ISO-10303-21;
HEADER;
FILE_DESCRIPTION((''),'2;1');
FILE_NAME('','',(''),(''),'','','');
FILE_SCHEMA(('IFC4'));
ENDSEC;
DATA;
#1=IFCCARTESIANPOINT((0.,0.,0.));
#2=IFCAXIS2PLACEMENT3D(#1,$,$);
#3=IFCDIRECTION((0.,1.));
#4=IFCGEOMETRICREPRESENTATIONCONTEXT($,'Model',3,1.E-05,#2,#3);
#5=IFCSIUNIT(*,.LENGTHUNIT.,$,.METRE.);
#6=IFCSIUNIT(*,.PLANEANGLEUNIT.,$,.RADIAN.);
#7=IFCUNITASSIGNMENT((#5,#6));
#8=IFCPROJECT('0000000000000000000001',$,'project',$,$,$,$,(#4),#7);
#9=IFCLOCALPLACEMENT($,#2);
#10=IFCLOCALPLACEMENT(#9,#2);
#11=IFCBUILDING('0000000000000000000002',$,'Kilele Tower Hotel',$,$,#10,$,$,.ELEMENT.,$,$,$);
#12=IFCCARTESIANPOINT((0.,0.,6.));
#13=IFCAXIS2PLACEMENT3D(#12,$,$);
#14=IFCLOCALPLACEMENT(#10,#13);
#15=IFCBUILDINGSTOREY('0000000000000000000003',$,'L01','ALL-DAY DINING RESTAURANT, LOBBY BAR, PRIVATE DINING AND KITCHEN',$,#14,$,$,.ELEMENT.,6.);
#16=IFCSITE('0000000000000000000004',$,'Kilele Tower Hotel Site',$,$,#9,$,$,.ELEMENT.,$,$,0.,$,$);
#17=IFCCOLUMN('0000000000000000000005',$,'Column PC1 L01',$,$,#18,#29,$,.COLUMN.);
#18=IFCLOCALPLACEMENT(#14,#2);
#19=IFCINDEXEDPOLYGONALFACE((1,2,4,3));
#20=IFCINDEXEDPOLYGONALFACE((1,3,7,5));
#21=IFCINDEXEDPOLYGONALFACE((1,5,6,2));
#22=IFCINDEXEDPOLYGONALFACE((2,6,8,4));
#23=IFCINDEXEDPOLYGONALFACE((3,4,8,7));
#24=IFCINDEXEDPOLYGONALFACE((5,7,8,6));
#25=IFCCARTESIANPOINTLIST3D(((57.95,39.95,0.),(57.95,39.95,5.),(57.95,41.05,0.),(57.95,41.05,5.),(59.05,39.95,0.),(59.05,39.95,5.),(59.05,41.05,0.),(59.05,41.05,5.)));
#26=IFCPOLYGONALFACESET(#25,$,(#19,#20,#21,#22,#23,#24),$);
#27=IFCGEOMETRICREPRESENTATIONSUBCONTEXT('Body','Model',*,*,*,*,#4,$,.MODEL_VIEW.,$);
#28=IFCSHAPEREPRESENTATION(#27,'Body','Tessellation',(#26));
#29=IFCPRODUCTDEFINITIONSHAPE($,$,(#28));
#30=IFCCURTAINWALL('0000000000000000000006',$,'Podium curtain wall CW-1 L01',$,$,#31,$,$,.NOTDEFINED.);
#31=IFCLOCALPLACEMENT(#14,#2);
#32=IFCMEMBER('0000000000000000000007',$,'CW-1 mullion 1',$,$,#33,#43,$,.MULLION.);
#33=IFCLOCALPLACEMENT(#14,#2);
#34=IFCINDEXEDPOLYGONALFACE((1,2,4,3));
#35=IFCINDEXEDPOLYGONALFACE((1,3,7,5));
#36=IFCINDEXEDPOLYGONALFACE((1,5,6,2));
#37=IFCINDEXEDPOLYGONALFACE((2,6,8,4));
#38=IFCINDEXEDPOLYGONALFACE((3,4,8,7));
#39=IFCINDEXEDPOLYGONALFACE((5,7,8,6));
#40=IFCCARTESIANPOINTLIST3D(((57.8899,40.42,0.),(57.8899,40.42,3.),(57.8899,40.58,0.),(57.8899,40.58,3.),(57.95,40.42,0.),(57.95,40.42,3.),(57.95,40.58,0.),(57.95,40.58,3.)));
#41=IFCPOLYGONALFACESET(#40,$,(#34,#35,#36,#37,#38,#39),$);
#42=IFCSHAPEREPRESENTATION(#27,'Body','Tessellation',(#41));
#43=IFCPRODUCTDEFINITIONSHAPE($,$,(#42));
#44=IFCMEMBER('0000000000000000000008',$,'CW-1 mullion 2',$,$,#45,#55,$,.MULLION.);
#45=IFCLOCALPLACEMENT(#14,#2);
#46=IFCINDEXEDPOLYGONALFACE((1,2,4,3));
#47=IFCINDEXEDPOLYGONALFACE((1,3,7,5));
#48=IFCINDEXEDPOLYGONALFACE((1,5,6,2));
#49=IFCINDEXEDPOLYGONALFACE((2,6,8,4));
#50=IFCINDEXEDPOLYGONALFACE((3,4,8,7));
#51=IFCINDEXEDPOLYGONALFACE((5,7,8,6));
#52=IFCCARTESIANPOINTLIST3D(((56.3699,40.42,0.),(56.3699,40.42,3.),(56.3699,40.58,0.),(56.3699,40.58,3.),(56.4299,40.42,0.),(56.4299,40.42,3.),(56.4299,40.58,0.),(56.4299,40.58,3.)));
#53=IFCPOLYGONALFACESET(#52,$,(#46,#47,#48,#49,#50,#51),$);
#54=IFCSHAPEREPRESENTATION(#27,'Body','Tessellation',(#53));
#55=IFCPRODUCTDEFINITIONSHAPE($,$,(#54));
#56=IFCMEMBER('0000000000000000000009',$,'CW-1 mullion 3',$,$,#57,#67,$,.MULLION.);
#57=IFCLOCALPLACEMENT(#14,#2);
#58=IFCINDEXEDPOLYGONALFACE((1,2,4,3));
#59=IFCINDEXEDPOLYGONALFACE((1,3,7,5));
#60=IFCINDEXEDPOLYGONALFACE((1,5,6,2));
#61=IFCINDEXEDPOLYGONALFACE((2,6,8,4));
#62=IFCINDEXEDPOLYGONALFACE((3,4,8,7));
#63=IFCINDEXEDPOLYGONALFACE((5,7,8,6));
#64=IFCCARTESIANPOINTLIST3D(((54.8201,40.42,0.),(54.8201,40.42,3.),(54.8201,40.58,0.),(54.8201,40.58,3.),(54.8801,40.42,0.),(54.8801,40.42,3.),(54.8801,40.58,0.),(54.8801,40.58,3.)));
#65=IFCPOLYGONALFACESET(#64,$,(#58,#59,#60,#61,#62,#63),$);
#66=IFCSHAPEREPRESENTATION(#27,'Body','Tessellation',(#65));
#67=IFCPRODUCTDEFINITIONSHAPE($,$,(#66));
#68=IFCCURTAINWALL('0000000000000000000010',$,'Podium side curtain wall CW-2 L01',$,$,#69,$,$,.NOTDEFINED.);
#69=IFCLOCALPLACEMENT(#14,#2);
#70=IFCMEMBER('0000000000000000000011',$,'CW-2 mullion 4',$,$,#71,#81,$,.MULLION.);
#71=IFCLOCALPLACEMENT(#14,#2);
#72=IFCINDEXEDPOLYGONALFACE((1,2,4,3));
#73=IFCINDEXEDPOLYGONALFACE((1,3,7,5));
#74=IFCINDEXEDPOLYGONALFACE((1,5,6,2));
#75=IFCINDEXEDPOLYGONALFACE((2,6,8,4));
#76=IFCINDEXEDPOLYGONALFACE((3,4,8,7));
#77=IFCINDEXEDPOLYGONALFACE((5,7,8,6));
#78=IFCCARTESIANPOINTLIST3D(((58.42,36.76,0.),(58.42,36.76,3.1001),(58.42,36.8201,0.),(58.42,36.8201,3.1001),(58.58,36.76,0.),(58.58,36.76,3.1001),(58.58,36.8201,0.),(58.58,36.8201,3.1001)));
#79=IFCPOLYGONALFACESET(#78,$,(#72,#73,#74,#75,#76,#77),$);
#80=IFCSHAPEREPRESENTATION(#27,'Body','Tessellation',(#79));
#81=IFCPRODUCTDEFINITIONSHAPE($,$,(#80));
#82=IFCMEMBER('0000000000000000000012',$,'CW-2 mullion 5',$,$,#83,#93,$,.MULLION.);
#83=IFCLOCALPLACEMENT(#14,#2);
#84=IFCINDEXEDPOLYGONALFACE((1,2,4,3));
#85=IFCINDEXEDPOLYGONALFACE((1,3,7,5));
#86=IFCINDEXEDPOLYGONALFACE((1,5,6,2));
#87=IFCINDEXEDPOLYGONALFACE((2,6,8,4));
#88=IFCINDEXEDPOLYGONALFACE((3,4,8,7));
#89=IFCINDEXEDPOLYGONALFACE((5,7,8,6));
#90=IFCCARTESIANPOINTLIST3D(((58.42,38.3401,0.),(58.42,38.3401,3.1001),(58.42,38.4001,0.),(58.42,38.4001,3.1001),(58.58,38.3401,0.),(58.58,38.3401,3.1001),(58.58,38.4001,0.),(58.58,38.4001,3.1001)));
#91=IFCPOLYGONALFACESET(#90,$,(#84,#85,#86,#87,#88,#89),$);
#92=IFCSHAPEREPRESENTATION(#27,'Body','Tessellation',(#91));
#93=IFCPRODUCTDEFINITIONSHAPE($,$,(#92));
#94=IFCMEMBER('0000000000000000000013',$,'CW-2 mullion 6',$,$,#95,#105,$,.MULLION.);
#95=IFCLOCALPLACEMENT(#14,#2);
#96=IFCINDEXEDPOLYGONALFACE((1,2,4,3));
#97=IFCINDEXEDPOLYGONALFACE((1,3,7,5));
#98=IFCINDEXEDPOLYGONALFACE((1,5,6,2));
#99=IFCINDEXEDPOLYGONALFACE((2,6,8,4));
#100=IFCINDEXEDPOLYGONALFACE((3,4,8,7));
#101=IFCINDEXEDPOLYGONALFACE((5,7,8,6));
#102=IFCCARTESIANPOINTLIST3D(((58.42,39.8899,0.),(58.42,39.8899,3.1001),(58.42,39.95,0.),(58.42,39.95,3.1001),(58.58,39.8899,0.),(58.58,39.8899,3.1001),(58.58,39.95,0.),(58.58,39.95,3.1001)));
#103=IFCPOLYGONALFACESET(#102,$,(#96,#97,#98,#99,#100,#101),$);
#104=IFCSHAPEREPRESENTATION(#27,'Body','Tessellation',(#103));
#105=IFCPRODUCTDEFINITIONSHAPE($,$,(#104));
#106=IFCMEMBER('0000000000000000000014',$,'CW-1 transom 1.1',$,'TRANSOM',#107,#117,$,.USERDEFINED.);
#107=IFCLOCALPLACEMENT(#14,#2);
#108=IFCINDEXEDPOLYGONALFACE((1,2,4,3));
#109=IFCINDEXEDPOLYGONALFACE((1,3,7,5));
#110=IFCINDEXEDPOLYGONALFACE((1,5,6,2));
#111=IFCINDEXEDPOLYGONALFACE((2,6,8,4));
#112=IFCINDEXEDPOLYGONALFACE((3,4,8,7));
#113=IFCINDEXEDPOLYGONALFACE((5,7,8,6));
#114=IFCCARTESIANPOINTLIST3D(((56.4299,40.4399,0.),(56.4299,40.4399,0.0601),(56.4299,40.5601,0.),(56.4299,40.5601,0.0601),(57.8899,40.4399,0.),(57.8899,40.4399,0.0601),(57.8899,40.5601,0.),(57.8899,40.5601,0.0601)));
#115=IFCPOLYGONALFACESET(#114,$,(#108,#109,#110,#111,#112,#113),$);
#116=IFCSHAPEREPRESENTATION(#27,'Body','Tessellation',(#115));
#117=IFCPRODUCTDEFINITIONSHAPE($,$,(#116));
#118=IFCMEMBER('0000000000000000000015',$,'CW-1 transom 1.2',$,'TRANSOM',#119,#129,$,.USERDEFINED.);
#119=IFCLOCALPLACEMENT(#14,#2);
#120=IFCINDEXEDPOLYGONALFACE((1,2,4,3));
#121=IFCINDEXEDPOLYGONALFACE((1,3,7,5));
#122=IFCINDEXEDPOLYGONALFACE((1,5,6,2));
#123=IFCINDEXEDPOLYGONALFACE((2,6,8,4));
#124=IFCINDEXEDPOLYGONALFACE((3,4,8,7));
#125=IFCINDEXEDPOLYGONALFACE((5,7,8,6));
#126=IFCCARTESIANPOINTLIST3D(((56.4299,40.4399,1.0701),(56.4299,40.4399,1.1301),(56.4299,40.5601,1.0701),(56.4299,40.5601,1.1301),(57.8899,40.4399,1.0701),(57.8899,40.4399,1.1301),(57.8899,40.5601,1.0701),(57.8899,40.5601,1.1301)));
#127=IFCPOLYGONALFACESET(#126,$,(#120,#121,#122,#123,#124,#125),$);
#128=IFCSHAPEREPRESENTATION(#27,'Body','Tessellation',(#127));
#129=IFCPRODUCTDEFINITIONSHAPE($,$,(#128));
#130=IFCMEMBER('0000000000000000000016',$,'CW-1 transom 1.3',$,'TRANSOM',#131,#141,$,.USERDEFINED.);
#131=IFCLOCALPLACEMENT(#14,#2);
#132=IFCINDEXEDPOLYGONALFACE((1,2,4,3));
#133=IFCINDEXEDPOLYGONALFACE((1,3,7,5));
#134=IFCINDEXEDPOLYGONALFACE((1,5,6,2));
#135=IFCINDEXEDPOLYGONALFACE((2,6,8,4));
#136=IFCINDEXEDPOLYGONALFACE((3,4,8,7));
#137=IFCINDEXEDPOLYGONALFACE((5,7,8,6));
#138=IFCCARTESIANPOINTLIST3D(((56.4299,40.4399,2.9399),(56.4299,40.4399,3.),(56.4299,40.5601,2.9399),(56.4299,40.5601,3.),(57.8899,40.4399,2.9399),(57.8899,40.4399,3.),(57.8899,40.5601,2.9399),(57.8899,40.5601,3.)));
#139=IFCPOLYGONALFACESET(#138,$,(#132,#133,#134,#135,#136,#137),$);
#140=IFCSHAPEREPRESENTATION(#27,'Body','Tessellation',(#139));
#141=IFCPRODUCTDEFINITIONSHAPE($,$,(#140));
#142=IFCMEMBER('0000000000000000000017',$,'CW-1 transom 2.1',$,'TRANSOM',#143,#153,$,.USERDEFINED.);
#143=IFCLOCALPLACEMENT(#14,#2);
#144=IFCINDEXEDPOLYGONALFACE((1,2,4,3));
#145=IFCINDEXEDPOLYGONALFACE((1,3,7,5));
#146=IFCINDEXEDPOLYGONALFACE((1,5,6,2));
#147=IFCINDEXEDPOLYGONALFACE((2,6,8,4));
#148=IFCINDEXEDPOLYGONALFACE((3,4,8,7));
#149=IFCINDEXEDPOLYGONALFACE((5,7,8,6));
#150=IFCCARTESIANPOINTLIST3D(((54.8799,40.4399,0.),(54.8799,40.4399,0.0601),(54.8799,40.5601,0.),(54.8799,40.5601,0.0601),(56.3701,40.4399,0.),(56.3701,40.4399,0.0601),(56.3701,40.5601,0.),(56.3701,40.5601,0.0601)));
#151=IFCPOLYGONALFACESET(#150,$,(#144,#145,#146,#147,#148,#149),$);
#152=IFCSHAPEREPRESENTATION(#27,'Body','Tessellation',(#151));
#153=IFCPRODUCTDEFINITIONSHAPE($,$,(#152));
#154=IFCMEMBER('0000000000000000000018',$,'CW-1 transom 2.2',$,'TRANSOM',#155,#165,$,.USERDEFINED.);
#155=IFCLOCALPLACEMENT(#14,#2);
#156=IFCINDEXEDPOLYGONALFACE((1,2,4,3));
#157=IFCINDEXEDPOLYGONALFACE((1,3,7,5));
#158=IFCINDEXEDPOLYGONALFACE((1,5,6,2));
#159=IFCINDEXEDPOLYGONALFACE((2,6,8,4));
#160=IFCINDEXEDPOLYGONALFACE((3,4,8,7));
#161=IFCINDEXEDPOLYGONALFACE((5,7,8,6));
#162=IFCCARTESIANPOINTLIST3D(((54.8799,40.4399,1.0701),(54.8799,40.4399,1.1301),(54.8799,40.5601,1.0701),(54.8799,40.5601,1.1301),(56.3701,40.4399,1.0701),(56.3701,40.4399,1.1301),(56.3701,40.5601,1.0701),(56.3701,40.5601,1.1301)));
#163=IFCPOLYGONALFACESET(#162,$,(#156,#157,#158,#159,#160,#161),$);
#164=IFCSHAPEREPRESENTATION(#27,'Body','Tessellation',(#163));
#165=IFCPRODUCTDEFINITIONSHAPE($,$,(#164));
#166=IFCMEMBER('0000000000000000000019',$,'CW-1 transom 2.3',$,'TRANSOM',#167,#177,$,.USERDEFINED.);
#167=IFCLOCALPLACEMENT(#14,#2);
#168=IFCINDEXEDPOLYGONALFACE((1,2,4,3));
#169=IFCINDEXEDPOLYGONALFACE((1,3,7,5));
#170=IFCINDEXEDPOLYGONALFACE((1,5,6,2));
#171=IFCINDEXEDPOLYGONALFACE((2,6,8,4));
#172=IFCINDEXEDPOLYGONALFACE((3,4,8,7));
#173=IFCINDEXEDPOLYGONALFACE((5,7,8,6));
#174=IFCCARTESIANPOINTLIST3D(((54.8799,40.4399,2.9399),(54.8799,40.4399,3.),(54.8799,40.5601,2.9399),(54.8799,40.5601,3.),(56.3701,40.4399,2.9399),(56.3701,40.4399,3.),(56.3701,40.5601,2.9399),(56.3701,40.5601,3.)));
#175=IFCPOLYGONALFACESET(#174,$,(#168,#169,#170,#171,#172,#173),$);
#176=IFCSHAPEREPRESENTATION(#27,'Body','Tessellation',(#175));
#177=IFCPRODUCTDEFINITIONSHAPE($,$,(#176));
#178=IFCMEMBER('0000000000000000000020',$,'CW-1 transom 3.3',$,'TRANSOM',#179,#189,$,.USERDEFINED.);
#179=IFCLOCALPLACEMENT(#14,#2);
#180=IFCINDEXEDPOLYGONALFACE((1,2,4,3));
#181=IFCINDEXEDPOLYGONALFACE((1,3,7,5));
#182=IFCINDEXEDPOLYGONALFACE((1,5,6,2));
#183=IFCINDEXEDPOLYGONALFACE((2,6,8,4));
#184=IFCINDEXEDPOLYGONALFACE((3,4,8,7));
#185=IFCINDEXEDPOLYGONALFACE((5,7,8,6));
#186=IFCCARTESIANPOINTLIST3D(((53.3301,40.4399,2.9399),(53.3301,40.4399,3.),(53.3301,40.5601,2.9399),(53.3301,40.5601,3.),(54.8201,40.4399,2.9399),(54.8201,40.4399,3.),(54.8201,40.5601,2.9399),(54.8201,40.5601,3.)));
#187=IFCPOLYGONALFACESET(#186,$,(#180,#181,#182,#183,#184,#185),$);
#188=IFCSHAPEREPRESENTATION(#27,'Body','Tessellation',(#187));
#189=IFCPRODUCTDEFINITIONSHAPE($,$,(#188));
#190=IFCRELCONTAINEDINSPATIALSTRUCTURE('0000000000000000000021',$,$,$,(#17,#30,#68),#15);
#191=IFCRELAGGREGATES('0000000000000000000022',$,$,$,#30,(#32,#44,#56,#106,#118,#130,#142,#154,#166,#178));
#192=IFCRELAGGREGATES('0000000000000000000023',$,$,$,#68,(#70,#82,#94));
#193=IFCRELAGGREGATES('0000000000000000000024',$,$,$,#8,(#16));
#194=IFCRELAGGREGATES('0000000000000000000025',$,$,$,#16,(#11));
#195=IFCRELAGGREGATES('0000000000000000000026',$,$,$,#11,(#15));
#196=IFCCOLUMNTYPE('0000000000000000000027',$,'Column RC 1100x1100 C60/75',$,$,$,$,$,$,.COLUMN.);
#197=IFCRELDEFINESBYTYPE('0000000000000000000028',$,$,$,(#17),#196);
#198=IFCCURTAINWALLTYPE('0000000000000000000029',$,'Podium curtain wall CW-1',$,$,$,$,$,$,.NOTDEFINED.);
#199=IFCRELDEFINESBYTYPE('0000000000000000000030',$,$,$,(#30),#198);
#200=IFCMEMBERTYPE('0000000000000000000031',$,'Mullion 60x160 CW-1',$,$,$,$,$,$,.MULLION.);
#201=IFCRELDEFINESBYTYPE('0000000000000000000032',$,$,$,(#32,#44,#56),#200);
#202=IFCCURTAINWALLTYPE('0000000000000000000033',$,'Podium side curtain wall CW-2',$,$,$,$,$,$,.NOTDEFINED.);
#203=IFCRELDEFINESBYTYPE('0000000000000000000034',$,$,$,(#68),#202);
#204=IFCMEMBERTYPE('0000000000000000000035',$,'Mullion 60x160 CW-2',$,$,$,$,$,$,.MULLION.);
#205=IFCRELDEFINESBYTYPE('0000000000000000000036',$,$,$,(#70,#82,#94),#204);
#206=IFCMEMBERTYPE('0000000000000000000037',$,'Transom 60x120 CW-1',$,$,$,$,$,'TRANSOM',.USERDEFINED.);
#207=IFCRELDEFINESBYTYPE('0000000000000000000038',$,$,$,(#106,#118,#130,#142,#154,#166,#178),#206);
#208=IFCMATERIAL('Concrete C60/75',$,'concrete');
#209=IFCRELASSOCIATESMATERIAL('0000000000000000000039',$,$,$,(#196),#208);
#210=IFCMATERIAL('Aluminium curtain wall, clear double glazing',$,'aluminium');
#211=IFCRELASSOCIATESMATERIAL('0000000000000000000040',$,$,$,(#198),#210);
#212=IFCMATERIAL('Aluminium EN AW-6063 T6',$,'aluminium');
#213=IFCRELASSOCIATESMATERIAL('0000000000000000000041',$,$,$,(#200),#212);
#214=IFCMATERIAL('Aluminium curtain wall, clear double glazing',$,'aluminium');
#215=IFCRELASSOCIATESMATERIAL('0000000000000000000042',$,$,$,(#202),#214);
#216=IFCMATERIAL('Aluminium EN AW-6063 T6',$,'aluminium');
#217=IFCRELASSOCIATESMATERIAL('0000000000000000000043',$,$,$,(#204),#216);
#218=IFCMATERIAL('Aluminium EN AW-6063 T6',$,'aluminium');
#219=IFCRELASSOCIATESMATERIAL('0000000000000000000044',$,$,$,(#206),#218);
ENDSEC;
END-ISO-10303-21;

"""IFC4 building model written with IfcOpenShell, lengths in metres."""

from ifc_helpers import new_model, si_unit, direction, frame, origin, origin_2d, place, context, subcontext, project, spatial, rectangle, extrude, material, material_profile, profile_set, type_object, element, aggregate, save


model = new_model("IFC4")

# Units and contexts
model_context = context("Model", 3, precision=1e-05, world=origin(), true_north=direction((0.0, 1.0)))
body_context = subcontext(model_context, "Body", "Model", "MODEL_VIEW")
ifc_project = project(units=[si_unit("LENGTHUNIT", "METRE"), si_unit("PLANEANGLEUNIT", "RADIAN")], contexts=[model_context])

# Site, building, storey
site_placement = place(None, origin())
site = spatial("IfcSite", under=ifc_project, at=site_placement, Name="Kilele Tower Hotel Site", CompositionType="ELEMENT", RefElevation=0.0)
building_placement = place(site_placement, origin())
building = spatial("IfcBuilding", under=site, at=building_placement, Name="Kilele Tower Hotel", CompositionType="ELEMENT")
storey_placement = place(building_placement, frame((0.0, 0.0, 6.0)))
storey = spatial("IfcBuildingStorey", under=building, at=storey_placement, Name="L01", Description="ALL-DAY DINING RESTAURANT, LOBBY BAR, PRIVATE DINING AND KITCHEN", CompositionType="ELEMENT", Elevation=6.0)

# Column
ifc_material_1 = material(Name="Concrete C60/75", Category="concrete")
ifc_material_profile_1 = material_profile(ifc_material_1, rectangle(XDim=1.1001, YDim=1.1001, at=origin_2d()))
ifc_profile_set_1 = profile_set([ifc_material_profile_1], Name="Concrete C60/75")
column_type = type_object("IfcColumnType", Name="Column RC 1100x1100 C60/75", PredefinedType="COLUMN", material=ifc_profile_set_1)
column_placement = place(storey_placement, frame((58.5, 40.5, 0.0), z_axis=(0.0, 0.0, 1.0), x_axis=(1.0, 0.0, 0.0)))
element("IfcColumn", 1, at=column_placement, inside=storey, type_object=column_type, Name="Column PC1 L01", PredefinedType="COLUMN", context=body_context, shape_type="SweptSolid", body=[
    extrude(rectangle(XDim=1.1001, YDim=1.1001, at=origin_2d()), origin(), (0.0, 0.0, 1.0), 5.0),
])

# Curtain walls, members
ifc_material_2 = material(Name="Aluminium curtain wall, clear double glazing", Category="aluminium")
curtain_wall_type_1 = type_object("IfcCurtainWallType", Name="Podium curtain wall CW-1", PredefinedType="NOTDEFINED", material=ifc_material_2)
curtain_wall_1_placement = place(storey_placement, origin())
curtain_wall_1 = element("IfcCurtainWall", 2, at=curtain_wall_1_placement, inside=storey, type_object=curtain_wall_type_1, Name="Podium curtain wall CW-1 L01", PredefinedType="NOTDEFINED")
ifc_material_3 = material(Name="Aluminium EN AW-6063 T6", Category="aluminium")
ifc_material_profile_2 = material_profile(ifc_material_3, rectangle(XDim=0.1599, YDim=0.0601, at=origin_2d()))
ifc_profile_set_2 = profile_set([ifc_material_profile_2], Name="Aluminium EN AW-6063 T6")
member_type_1 = type_object("IfcMemberType", Name="Mullion 60x160 CW-1", PredefinedType="MULLION", material=ifc_profile_set_2)
member_1_placement = place(storey_placement, frame((57.9199, 40.5, 0.0), z_axis=(0.0, 0.0, 1.0), x_axis=(0.0, -1.0, 0.0)))
member_1 = element("IfcMember", 3, at=member_1_placement, type_object=member_type_1, Name="CW-1 mullion 1", PredefinedType="MULLION", context=body_context, shape_type="SweptSolid", body=[
    extrude(rectangle(XDim=0.1599, YDim=0.0601, at=origin_2d()), origin(), (0.0, 0.0, 1.0), 3.0),
])
member_2_placement = place(storey_placement, frame((56.3999, 40.5, 0.0), z_axis=(0.0, 0.0, 1.0), x_axis=(0.0, -1.0, 0.0)))
member_2 = element("IfcMember", 4, at=member_2_placement, type_object=member_type_1, Name="CW-1 mullion 2", PredefinedType="MULLION", context=body_context, shape_type="SweptSolid", body=[
    extrude(rectangle(XDim=0.1599, YDim=0.0601, at=origin_2d()), origin(), (0.0, 0.0, 1.0), 3.0),
])
member_3_placement = place(storey_placement, frame((54.8501, 40.5, 0.0), z_axis=(0.0, 0.0, 1.0), x_axis=(0.0, -1.0, 0.0)))
member_3 = element("IfcMember", 5, at=member_3_placement, type_object=member_type_1, Name="CW-1 mullion 3", PredefinedType="MULLION", context=body_context, shape_type="SweptSolid", body=[
    extrude(rectangle(XDim=0.1599, YDim=0.0601, at=origin_2d()), origin(), (0.0, 0.0, 1.0), 3.0),
])
ifc_material_4 = material(Name="Aluminium curtain wall, clear double glazing", Category="aluminium")
curtain_wall_type_2 = type_object("IfcCurtainWallType", Name="Podium side curtain wall CW-2", PredefinedType="NOTDEFINED", material=ifc_material_4)
curtain_wall_2_placement = place(storey_placement, origin())
curtain_wall_2 = element("IfcCurtainWall", 6, at=curtain_wall_2_placement, inside=storey, type_object=curtain_wall_type_2, Name="Podium side curtain wall CW-2 L01", PredefinedType="NOTDEFINED")
ifc_material_5 = material(Name="Aluminium EN AW-6063 T6", Category="aluminium")
ifc_material_profile_3 = material_profile(ifc_material_5, rectangle(XDim=0.1599, YDim=0.0601, at=origin_2d()))
ifc_profile_set_3 = profile_set([ifc_material_profile_3], Name="Aluminium EN AW-6063 T6")
member_type_2 = type_object("IfcMemberType", Name="Mullion 60x160 CW-2", PredefinedType="MULLION", material=ifc_profile_set_3)
member_4_placement = place(storey_placement, frame((58.5, 36.79, 0.0), z_axis=(0.0, 0.0, 1.0), x_axis=(-1.0, 0.0, 0.0)))
member_4 = element("IfcMember", 7, at=member_4_placement, type_object=member_type_2, Name="CW-2 mullion 4", PredefinedType="MULLION", context=body_context, shape_type="SweptSolid", body=[
    extrude(rectangle(XDim=0.1599, YDim=0.0601, at=origin_2d()), origin(), (0.0, 0.0, 1.0), 3.1001),
])
member_5_placement = place(storey_placement, frame((58.5, 38.3701, 0.0), z_axis=(0.0, 0.0, 1.0), x_axis=(-1.0, 0.0, 0.0)))
member_5 = element("IfcMember", 8, at=member_5_placement, type_object=member_type_2, Name="CW-2 mullion 5", PredefinedType="MULLION", context=body_context, shape_type="SweptSolid", body=[
    extrude(rectangle(XDim=0.1599, YDim=0.0601, at=origin_2d()), origin(), (0.0, 0.0, 1.0), 3.1001),
])
member_6_placement = place(storey_placement, frame((58.5, 39.9199, 0.0), z_axis=(0.0, 0.0, 1.0), x_axis=(-1.0, 0.0, 0.0)))
member_6 = element("IfcMember", 9, at=member_6_placement, type_object=member_type_2, Name="CW-2 mullion 6", PredefinedType="MULLION", context=body_context, shape_type="SweptSolid", body=[
    extrude(rectangle(XDim=0.1599, YDim=0.0601, at=origin_2d()), origin(), (0.0, 0.0, 1.0), 3.1001),
])

# Members
ifc_material_6 = material(Name="Aluminium EN AW-6063 T6", Category="aluminium")
ifc_material_profile_4 = material_profile(ifc_material_6, rectangle(XDim=0.1201, YDim=0.0601, at=origin_2d()))
ifc_profile_set_4 = profile_set([ifc_material_profile_4], Name="Aluminium EN AW-6063 T6")
member_type_3 = type_object("IfcMemberType", Name="Transom 60x120 CW-1", ElementType="TRANSOM", PredefinedType="USERDEFINED", material=ifc_profile_set_4)
member_7_placement = place(storey_placement, frame((57.8899, 40.5, 0.03), z_axis=(-1.0, 0.0, 0.0), x_axis=(0.0, -1.0, 0.0)))
member_7 = element("IfcMember", 10, at=member_7_placement, type_object=member_type_3, Name="CW-1 transom 1.1", ObjectType="TRANSOM", PredefinedType="USERDEFINED", context=body_context, shape_type="SweptSolid", body=[
    extrude(rectangle(XDim=0.1201, YDim=0.0601, at=origin_2d()), origin(), (0.0, 0.0, 1.0), 1.46),
])
member_8_placement = place(storey_placement, frame((57.8899, 40.5, 1.1001), z_axis=(-1.0, 0.0, 0.0), x_axis=(0.0, -1.0, 0.0)))
member_8 = element("IfcMember", 11, at=member_8_placement, type_object=member_type_3, Name="CW-1 transom 1.2", ObjectType="TRANSOM", PredefinedType="USERDEFINED", context=body_context, shape_type="SweptSolid", body=[
    extrude(rectangle(XDim=0.1201, YDim=0.0601, at=origin_2d()), origin(), (0.0, 0.0, 1.0), 1.46),
])
member_9_placement = place(storey_placement, frame((57.8899, 40.5, 2.97), z_axis=(-1.0, 0.0, 0.0), x_axis=(0.0, -1.0, 0.0)))
member_9 = element("IfcMember", 12, at=member_9_placement, type_object=member_type_3, Name="CW-1 transom 1.3", ObjectType="TRANSOM", PredefinedType="USERDEFINED", context=body_context, shape_type="SweptSolid", body=[
    extrude(rectangle(XDim=0.1201, YDim=0.0601, at=origin_2d()), origin(), (0.0, 0.0, 1.0), 1.46),
])
member_10_placement = place(storey_placement, frame((56.3701, 40.5, 0.03), z_axis=(-1.0, 0.0, 0.0), x_axis=(0.0, -1.0, 0.0)))
member_10 = element("IfcMember", 13, at=member_10_placement, type_object=member_type_3, Name="CW-1 transom 2.1", ObjectType="TRANSOM", PredefinedType="USERDEFINED", context=body_context, shape_type="SweptSolid", body=[
    extrude(rectangle(XDim=0.1201, YDim=0.0601, at=origin_2d()), origin(), (0.0, 0.0, 1.0), 1.4902),
])
member_11_placement = place(storey_placement, frame((56.3701, 40.5, 1.1001), z_axis=(-1.0, 0.0, 0.0), x_axis=(0.0, -1.0, 0.0)))
member_11 = element("IfcMember", 14, at=member_11_placement, type_object=member_type_3, Name="CW-1 transom 2.2", ObjectType="TRANSOM", PredefinedType="USERDEFINED", context=body_context, shape_type="SweptSolid", body=[
    extrude(rectangle(XDim=0.1201, YDim=0.0601, at=origin_2d()), origin(), (0.0, 0.0, 1.0), 1.4902),
])
member_12_placement = place(storey_placement, frame((56.3701, 40.5, 2.97), z_axis=(-1.0, 0.0, 0.0), x_axis=(0.0, -1.0, 0.0)))
member_12 = element("IfcMember", 15, at=member_12_placement, type_object=member_type_3, Name="CW-1 transom 2.3", ObjectType="TRANSOM", PredefinedType="USERDEFINED", context=body_context, shape_type="SweptSolid", body=[
    extrude(rectangle(XDim=0.1201, YDim=0.0601, at=origin_2d()), origin(), (0.0, 0.0, 1.0), 1.4902),
])
member_13_placement = place(storey_placement, frame((54.8201, 40.5, 2.97), z_axis=(-1.0, 0.0, 0.0), x_axis=(0.0, -1.0, 0.0)))
member_13 = element("IfcMember", 16, at=member_13_placement, type_object=member_type_3, Name="CW-1 transom 3.3", ObjectType="TRANSOM", PredefinedType="USERDEFINED", context=body_context, shape_type="SweptSolid", body=[
    extrude(rectangle(XDim=0.1201, YDim=0.0601, at=origin_2d()), origin(), (0.0, 0.0, 1.0), 1.49),
])

aggregate(curtain_wall_1, [member_1, member_2, member_3, member_7, member_8, member_9, member_10, member_11, member_12, member_13])
aggregate(curtain_wall_2, [member_4, member_5, member_6])

save(model, "model.ifc")
